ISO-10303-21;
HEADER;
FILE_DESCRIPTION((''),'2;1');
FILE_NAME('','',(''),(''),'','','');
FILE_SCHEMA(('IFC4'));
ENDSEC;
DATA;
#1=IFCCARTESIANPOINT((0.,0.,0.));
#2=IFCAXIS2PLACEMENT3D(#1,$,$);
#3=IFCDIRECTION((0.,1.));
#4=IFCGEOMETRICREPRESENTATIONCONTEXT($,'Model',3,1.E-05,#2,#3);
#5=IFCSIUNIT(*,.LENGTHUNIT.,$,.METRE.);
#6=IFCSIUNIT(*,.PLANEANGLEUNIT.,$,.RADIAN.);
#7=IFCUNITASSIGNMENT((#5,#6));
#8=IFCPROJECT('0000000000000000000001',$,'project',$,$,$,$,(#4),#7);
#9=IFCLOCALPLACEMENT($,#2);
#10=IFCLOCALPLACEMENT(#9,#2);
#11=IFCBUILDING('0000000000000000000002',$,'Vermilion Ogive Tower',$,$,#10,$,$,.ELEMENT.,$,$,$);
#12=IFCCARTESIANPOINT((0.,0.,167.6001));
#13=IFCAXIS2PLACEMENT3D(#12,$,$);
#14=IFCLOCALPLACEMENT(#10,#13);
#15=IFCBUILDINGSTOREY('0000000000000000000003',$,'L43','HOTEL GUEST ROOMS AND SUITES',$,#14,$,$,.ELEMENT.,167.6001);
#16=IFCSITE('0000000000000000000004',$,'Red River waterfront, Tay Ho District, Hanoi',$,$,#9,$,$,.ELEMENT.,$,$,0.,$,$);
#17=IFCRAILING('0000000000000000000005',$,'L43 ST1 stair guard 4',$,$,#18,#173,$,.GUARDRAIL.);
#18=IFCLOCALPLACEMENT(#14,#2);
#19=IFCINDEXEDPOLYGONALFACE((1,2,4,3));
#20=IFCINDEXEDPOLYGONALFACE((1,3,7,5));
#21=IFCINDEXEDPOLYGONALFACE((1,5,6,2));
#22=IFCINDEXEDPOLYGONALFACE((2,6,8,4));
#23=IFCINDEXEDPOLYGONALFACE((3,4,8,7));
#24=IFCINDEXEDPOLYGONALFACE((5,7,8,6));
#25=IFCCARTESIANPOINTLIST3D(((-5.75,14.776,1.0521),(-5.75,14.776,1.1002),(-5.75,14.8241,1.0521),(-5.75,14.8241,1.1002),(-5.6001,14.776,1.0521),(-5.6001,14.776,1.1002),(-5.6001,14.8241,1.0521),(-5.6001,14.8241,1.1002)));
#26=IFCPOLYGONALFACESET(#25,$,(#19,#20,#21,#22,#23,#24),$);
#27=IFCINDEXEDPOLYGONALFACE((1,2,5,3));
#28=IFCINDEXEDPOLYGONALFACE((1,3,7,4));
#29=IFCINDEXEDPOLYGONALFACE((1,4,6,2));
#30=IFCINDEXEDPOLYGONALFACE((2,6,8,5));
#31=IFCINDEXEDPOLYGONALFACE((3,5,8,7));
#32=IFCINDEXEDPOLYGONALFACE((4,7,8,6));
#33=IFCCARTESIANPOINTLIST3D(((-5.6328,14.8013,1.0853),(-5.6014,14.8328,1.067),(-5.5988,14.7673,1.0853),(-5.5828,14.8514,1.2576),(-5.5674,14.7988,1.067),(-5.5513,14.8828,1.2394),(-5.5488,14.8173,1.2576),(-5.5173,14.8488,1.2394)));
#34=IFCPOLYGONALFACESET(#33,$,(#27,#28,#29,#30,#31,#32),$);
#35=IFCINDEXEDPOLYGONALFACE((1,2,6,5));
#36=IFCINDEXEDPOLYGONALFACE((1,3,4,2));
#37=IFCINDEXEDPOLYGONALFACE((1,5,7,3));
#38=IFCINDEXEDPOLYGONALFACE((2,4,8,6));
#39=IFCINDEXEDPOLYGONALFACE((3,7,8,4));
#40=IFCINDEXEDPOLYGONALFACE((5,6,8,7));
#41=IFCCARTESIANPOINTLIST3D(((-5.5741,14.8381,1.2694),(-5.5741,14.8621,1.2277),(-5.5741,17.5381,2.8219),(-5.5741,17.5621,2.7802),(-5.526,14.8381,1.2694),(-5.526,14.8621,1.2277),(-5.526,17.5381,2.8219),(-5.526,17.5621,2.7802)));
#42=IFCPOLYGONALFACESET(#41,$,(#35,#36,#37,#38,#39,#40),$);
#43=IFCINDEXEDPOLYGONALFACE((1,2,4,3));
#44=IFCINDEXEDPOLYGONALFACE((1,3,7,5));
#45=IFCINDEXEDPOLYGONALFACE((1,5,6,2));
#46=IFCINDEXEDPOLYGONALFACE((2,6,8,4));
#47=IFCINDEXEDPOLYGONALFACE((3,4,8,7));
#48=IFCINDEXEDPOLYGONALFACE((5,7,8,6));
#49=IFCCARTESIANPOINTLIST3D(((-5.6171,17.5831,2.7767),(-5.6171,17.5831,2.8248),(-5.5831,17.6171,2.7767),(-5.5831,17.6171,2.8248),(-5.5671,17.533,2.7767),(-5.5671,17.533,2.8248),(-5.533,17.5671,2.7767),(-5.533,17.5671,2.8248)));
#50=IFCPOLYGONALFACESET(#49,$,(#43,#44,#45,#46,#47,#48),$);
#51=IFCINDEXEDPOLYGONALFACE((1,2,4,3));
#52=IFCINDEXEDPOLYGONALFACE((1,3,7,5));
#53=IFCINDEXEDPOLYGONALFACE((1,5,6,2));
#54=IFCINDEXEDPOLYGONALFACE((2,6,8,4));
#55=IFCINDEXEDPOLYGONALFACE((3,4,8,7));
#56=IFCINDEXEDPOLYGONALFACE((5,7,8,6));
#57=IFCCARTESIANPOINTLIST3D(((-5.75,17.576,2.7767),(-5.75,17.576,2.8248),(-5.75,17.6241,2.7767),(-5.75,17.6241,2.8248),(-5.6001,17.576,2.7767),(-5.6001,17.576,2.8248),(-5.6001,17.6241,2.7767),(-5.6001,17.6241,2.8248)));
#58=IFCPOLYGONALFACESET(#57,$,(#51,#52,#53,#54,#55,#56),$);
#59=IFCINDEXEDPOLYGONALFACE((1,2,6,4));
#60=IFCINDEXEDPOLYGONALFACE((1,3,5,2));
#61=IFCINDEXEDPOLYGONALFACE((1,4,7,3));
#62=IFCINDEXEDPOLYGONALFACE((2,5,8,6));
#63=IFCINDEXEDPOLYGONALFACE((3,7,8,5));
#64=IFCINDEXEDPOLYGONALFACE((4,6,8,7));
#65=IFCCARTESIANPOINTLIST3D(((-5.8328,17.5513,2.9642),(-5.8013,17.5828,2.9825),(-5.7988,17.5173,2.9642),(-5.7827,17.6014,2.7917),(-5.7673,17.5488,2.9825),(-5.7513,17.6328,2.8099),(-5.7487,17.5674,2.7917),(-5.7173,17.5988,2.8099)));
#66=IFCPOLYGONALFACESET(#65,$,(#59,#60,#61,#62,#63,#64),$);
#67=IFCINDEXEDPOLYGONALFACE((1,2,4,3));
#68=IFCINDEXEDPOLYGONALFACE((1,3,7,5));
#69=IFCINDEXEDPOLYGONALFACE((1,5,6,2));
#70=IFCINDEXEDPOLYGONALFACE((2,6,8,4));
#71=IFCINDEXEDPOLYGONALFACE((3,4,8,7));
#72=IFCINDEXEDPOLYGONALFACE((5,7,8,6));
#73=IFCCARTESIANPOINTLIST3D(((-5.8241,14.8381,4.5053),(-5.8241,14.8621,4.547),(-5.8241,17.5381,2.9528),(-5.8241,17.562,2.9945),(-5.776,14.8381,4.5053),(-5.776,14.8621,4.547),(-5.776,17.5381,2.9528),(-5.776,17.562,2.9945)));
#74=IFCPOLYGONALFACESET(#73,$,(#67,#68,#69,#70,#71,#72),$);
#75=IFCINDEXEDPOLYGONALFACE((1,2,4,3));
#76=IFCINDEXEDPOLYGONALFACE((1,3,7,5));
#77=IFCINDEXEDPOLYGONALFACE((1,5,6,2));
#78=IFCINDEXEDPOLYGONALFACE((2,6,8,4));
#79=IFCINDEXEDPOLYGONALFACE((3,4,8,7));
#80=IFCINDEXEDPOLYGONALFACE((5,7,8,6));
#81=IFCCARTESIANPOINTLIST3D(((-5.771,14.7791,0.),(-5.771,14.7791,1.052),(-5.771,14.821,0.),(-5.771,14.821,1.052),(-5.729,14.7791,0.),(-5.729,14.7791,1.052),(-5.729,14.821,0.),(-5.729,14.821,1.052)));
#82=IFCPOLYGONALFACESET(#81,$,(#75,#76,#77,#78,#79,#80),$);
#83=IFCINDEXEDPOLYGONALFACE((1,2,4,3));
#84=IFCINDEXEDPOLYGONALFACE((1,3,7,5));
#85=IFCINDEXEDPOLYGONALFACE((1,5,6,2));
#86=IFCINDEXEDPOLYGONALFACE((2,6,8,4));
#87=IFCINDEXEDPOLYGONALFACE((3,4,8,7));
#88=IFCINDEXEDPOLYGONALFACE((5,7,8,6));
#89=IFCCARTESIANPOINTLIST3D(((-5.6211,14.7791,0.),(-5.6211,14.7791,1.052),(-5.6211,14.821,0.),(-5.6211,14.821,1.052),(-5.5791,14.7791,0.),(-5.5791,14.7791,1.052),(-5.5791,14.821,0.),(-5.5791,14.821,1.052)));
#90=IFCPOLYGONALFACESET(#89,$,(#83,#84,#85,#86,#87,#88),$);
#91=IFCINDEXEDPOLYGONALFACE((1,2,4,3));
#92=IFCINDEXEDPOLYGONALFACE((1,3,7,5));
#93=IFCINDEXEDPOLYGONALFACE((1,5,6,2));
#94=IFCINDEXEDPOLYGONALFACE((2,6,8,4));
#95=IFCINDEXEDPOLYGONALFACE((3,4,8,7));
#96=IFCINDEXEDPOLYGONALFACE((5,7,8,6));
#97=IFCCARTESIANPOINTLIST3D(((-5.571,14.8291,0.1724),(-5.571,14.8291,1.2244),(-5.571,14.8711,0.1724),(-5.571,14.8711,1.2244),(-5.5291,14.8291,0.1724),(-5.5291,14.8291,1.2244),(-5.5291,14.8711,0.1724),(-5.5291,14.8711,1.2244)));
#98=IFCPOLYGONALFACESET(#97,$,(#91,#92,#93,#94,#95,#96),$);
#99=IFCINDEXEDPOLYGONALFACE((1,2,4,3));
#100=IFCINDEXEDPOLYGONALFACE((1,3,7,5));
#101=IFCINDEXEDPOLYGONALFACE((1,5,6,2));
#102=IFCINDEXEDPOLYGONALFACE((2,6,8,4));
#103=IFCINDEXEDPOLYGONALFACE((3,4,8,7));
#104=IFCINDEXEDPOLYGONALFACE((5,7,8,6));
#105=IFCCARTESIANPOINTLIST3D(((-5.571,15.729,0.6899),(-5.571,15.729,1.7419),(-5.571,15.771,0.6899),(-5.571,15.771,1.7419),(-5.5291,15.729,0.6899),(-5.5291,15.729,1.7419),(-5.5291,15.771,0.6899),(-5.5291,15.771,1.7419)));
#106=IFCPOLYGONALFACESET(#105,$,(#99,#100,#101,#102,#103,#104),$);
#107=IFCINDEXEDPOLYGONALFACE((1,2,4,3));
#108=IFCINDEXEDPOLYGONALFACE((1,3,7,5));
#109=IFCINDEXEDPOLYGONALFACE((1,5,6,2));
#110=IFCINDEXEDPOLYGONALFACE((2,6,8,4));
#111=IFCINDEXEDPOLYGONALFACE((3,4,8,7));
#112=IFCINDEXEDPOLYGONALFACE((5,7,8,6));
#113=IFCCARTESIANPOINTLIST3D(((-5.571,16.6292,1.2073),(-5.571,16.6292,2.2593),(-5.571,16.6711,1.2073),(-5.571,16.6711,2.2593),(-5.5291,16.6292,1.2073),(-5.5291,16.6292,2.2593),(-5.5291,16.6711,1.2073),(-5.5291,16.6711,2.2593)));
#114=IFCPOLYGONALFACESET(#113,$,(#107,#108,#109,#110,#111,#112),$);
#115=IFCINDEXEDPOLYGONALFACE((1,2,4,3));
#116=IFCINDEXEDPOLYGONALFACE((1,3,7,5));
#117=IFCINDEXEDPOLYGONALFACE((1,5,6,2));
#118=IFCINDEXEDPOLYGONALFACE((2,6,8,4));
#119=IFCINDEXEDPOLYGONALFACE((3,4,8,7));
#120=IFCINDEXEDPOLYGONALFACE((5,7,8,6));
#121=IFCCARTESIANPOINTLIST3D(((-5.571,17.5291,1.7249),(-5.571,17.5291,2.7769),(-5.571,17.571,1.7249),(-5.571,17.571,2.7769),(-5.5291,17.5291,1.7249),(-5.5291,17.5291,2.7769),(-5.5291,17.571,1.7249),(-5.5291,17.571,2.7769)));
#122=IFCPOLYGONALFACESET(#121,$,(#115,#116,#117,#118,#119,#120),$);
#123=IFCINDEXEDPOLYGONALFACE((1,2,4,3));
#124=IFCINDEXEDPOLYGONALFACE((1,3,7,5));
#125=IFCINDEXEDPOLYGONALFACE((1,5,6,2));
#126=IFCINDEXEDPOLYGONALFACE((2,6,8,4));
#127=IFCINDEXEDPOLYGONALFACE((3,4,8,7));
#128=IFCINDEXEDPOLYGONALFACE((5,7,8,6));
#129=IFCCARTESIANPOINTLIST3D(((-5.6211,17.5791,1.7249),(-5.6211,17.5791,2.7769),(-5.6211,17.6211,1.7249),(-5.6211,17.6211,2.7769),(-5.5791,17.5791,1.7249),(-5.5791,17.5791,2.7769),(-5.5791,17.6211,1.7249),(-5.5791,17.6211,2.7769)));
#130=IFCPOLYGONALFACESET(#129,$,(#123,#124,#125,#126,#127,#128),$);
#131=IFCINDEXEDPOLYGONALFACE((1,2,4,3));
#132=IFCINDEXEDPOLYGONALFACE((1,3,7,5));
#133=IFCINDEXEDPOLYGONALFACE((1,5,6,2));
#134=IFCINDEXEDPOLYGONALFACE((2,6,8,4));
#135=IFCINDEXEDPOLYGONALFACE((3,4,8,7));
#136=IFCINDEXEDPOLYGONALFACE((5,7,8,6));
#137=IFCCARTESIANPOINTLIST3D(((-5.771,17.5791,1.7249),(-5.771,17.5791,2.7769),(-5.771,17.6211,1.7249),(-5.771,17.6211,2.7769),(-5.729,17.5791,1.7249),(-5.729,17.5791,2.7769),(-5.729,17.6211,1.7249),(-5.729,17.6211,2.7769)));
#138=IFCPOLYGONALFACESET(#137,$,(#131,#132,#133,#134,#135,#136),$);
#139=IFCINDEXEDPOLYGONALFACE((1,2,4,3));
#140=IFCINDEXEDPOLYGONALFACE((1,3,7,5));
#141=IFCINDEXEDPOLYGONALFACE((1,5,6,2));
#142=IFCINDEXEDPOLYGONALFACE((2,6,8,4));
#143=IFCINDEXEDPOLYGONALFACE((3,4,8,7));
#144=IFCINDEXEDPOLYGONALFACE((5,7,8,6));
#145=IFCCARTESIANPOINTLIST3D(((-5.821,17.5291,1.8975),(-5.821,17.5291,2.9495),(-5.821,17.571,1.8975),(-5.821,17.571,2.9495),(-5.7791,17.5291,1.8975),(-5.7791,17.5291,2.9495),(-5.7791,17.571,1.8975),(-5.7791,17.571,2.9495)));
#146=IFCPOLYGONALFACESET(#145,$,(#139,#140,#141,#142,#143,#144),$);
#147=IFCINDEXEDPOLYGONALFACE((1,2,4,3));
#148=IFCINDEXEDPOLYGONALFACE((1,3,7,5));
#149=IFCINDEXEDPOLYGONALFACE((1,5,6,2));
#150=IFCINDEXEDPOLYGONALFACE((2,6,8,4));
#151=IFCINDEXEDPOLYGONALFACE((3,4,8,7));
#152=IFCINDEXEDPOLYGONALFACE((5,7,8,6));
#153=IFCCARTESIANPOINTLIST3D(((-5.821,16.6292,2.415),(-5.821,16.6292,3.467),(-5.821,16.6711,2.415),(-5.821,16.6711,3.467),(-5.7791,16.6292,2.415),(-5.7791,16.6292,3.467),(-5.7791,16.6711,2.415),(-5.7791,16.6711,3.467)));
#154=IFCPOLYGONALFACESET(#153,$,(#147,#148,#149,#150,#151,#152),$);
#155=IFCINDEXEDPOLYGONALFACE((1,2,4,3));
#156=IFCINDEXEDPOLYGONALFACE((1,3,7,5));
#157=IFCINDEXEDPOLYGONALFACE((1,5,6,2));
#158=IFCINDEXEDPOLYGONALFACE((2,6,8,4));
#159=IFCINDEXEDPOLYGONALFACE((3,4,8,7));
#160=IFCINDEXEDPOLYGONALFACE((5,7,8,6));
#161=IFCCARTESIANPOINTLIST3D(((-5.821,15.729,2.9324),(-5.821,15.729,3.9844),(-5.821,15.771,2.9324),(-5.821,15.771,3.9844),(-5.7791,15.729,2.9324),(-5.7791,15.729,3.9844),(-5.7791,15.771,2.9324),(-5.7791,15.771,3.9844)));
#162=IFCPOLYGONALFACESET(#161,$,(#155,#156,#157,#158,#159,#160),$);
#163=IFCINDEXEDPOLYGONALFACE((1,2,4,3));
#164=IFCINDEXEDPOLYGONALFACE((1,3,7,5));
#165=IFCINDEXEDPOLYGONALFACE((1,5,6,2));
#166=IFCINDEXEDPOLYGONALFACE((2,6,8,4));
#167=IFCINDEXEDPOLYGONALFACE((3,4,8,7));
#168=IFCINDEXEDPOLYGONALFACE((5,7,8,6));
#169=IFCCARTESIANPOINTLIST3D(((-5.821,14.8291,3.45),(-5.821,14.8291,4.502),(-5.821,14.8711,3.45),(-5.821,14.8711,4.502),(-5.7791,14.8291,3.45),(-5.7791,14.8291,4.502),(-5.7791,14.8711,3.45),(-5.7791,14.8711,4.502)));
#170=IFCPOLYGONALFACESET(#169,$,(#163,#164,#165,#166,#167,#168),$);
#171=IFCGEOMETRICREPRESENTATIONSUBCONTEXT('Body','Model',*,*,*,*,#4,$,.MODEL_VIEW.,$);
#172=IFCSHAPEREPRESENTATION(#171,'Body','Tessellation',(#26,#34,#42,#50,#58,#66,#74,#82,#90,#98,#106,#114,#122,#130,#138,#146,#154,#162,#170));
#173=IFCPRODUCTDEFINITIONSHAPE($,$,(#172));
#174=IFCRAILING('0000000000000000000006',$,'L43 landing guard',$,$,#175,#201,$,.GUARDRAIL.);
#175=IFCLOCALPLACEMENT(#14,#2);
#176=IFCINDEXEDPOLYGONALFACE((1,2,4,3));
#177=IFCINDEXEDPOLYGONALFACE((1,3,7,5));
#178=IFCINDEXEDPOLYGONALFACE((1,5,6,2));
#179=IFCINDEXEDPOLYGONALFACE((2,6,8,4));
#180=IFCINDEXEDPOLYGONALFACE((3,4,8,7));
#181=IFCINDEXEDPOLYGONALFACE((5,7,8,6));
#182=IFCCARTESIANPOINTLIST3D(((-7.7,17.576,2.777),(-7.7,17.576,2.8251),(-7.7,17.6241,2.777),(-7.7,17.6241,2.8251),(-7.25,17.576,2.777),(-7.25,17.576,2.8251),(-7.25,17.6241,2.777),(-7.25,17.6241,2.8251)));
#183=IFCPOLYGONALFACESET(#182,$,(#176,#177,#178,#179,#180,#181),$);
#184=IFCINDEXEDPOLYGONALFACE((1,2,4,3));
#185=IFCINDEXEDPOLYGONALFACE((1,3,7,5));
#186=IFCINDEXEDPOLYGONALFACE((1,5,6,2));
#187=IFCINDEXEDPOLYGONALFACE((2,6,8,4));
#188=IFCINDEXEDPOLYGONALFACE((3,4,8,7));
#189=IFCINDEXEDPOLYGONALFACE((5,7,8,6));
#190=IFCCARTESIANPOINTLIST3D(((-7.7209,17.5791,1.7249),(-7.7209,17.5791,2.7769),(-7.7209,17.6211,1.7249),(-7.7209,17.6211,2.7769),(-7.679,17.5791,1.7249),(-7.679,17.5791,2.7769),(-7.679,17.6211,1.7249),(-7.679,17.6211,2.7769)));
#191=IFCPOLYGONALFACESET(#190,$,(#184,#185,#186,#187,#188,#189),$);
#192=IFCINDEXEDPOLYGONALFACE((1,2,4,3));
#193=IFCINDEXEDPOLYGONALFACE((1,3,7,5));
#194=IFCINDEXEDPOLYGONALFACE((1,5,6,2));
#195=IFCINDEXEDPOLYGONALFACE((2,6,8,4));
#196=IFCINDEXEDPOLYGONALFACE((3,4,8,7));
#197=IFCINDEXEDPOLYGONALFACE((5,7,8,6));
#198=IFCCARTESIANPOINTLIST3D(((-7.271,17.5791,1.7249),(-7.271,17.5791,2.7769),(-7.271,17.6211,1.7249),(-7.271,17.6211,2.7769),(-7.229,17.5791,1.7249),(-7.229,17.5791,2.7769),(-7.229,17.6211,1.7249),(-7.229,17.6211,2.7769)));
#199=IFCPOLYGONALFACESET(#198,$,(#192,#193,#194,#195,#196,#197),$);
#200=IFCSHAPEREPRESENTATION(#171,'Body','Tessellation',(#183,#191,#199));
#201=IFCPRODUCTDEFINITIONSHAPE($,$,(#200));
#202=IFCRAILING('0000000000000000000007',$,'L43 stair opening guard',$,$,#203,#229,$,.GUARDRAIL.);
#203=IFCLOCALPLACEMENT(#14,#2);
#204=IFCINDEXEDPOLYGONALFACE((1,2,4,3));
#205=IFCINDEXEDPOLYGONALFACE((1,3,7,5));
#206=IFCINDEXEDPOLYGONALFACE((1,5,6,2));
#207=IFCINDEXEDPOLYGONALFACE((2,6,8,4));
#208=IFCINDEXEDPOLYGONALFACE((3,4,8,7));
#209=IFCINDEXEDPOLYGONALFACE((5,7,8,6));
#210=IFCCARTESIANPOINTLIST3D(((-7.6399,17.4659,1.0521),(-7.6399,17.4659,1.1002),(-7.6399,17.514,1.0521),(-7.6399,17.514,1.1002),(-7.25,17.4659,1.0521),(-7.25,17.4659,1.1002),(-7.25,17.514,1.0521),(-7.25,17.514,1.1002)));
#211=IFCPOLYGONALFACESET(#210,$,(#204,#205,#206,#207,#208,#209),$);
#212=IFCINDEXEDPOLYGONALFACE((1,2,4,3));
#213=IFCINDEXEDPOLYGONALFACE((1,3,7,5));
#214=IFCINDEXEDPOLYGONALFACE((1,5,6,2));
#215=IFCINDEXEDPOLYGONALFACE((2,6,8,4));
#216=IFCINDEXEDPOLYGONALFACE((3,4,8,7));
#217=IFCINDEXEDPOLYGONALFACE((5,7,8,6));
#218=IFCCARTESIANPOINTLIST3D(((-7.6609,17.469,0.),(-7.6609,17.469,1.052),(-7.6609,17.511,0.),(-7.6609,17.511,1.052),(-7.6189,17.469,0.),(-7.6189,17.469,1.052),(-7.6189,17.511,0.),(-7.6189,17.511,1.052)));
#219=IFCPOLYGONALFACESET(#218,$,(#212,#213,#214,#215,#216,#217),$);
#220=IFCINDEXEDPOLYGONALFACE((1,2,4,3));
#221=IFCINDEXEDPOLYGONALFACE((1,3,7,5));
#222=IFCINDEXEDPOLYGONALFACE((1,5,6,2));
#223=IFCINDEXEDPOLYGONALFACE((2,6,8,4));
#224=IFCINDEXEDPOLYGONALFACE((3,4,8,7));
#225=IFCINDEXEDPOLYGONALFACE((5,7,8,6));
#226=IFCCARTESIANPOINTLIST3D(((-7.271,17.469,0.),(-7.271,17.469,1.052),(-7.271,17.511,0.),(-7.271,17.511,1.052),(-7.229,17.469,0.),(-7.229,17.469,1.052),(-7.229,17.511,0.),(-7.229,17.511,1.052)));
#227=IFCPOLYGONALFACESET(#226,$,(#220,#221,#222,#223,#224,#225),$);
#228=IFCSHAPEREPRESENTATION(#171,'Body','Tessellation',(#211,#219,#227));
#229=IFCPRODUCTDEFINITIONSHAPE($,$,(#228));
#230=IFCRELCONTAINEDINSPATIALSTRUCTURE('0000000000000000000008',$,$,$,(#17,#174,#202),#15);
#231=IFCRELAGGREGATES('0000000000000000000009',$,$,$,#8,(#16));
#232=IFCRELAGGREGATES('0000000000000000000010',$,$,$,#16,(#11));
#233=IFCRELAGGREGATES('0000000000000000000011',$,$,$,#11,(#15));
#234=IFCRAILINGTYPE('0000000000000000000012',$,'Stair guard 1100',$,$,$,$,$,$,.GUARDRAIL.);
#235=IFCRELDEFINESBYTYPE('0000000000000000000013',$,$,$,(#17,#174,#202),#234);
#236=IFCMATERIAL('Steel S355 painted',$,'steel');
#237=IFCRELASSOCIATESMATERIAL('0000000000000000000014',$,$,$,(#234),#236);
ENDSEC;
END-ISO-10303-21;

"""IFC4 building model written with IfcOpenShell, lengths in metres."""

from ifc_helpers import new_model, si_unit, direction, frame, origin, origin_2d, place, context, subcontext, project, spatial, rectangle, extrude, material, type_object, element, save


model = new_model("IFC4")

# Units and contexts
model_context = context("Model", 3, precision=1e-05, world=origin(), true_north=direction((0.0, 1.0)))
body_context = subcontext(model_context, "Body", "Model", "MODEL_VIEW")
ifc_project = project(units=[si_unit("LENGTHUNIT", "METRE"), si_unit("PLANEANGLEUNIT", "RADIAN")], contexts=[model_context])

# Site, building, storey
site_placement = place(None, origin())
site = spatial("IfcSite", under=ifc_project, at=site_placement, Name="Red River waterfront, Tay Ho District, Hanoi", CompositionType="ELEMENT", RefElevation=0.0)
building_placement = place(site_placement, origin())
building = spatial("IfcBuilding", under=site, at=building_placement, Name="Vermilion Ogive Tower", CompositionType="ELEMENT")
storey_placement = place(building_placement, frame((0.0, 0.0, 167.6001)))
storey = spatial("IfcBuildingStorey", under=building, at=storey_placement, Name="L43", Description="HOTEL GUEST ROOMS AND SUITES", CompositionType="ELEMENT", Elevation=167.6001)

# Railings
ifc_material_1 = material(Name="Steel S355 painted", Category="steel")
railing_type_1 = type_object("IfcRailingType", Name="Stair guard 1100", PredefinedType="GUARDRAIL", material=ifc_material_1)
railing_1_placement = place(storey_placement, frame((-5.75, 14.8, 0.0)))
element("IfcRailing", 1, at=railing_1_placement, inside=storey, type_object=railing_type_1, Name="L43 ST1 stair guard 4", PredefinedType="GUARDRAIL", context=body_context, shape_type="SweptSolid", body=[
    extrude(rectangle(XDim=0.0481, YDim=0.0481, at=origin_2d()), frame((0.0, 0.0, 1.0762), z_axis=(1.0, 0.0, 0.0), x_axis=(0.0, 1.0, 0.0)), (0.0, 0.0, 1.0), 0.1499),
    extrude(rectangle(XDim=0.0481, YDim=0.0481, at=origin_2d()), frame((0.1499, 0.0, 1.0762), z_axis=(0.268603, 0.268603, 0.925043), x_axis=(-0.707107, 0.707107, 0.0)), (0.0, 0.0, 1.0), 0.1863),
    extrude(rectangle(XDim=0.0481, YDim=0.0481, at=origin_2d()), frame((0.2, 0.05, 1.2485), z_axis=(0.0, 0.866904, 0.498476), x_axis=(-1.0, 0.0, 0.0)), (0.0, 0.0, 1.0), 3.1145),
    extrude(rectangle(XDim=0.0481, YDim=0.0481, at=origin_2d()), frame((0.2, 2.75, 2.8008), z_axis=(-0.707107, 0.707107, 0.0), x_axis=(-0.707107, -0.707107, 0.0)), (0.0, 0.0, 1.0), 0.0708),
    extrude(rectangle(XDim=0.0481, YDim=0.0481, at=origin_2d()), frame((0.1499, 2.8, 2.8008), z_axis=(-1.0, 0.0, 0.0), x_axis=(0.0, -1.0, 0.0)), (0.0, 0.0, 1.0), 0.1499),
    extrude(rectangle(XDim=0.0481, YDim=0.0481, at=origin_2d()), frame((0.0, 2.8, 2.8008), z_axis=(-0.268278, -0.268278, 0.925232), x_axis=(0.707107, -0.707107, 0.0)), (0.0, 0.0, 1.0), 0.1865),
    extrude(rectangle(XDim=0.0481, YDim=0.0481, at=origin_2d()), frame((-0.05, 2.75, 2.9736), z_axis=(0.0, -0.866904, 0.498476), x_axis=(1.0, 0.0, 0.0)), (0.0, 0.0, 1.0), 3.1145),
    extrude(rectangle(XDim=0.042, YDim=0.042, at=origin_2d()), origin(), (0.0, 0.0, 1.0), 1.052),
    extrude(rectangle(XDim=0.042, YDim=0.042, at=origin_2d()), frame((0.1499, 0.0, 0.0)), (0.0, 0.0, 1.0), 1.052),
    extrude(rectangle(XDim=0.042, YDim=0.042, at=origin_2d()), frame((0.2, 0.05, 0.1724)), (0.0, 0.0, 1.0), 1.052),
    extrude(rectangle(XDim=0.042, YDim=0.042, at=origin_2d()), frame((0.2, 0.95, 0.6899)), (0.0, 0.0, 1.0), 1.052),
    extrude(rectangle(XDim=0.042, YDim=0.042, at=origin_2d()), frame((0.2, 1.8501, 1.2073)), (0.0, 0.0, 1.0), 1.052),
    extrude(rectangle(XDim=0.042, YDim=0.042, at=origin_2d()), frame((0.2, 2.75, 1.7249)), (0.0, 0.0, 1.0), 1.052),
    extrude(rectangle(XDim=0.042, YDim=0.042, at=origin_2d()), frame((0.1499, 2.8, 1.7249)), (0.0, 0.0, 1.0), 1.052),
    extrude(rectangle(XDim=0.042, YDim=0.042, at=origin_2d()), frame((0.0, 2.8, 1.7249)), (0.0, 0.0, 1.0), 1.052),
    extrude(rectangle(XDim=0.042, YDim=0.042, at=origin_2d()), frame((-0.05, 2.75, 1.8975)), (0.0, 0.0, 1.0), 1.052),
    extrude(rectangle(XDim=0.042, YDim=0.042, at=origin_2d()), frame((-0.05, 1.8501, 2.415)), (0.0, 0.0, 1.0), 1.052),
    extrude(rectangle(XDim=0.042, YDim=0.042, at=origin_2d()), frame((-0.05, 0.95, 2.9324)), (0.0, 0.0, 1.0), 1.052),
    extrude(rectangle(XDim=0.042, YDim=0.042, at=origin_2d()), frame((-0.05, 0.05, 3.45)), (0.0, 0.0, 1.0), 1.052),
])
railing_2_placement = place(storey_placement, frame((-7.7, 17.6001, 1.7249)))
element("IfcRailing", 2, at=railing_2_placement, inside=storey, type_object=railing_type_1, Name="L43 landing guard", PredefinedType="GUARDRAIL", context=body_context, shape_type="SweptSolid", body=[
    extrude(rectangle(XDim=0.0481, YDim=0.0481, at=origin_2d()), frame((0.0, 0.0, 1.0762), z_axis=(1.0, 0.0, 0.0), x_axis=(0.0, 1.0, 0.0)), (0.0, 0.0, 1.0), 0.45),
    extrude(rectangle(XDim=0.042, YDim=0.042, at=origin_2d()), origin(), (0.0, 0.0, 1.0), 1.052),
    extrude(rectangle(XDim=0.042, YDim=0.042, at=origin_2d()), frame((0.45, 0.0, 0.0)), (0.0, 0.0, 1.0), 1.052),
])
railing_3_placement = place(storey_placement, frame((-7.6399, 17.49, 0.0)))
element("IfcRailing", 3, at=railing_3_placement, inside=storey, type_object=railing_type_1, Name="L43 stair opening guard", PredefinedType="GUARDRAIL", context=body_context, shape_type="SweptSolid", body=[
    extrude(rectangle(XDim=0.0481, YDim=0.0481, at=origin_2d()), frame((0.0, 0.0, 1.0762), z_axis=(1.0, 0.0, 0.0), x_axis=(0.0, 1.0, 0.0)), (0.0, 0.0, 1.0), 0.3899),
    extrude(rectangle(XDim=0.042, YDim=0.042, at=origin_2d()), origin(), (0.0, 0.0, 1.0), 1.052),
    extrude(rectangle(XDim=0.042, YDim=0.042, at=origin_2d()), frame((0.3899, 0.0, 0.0)), (0.0, 0.0, 1.0), 1.052),
])

save(model, "model.ifc")
